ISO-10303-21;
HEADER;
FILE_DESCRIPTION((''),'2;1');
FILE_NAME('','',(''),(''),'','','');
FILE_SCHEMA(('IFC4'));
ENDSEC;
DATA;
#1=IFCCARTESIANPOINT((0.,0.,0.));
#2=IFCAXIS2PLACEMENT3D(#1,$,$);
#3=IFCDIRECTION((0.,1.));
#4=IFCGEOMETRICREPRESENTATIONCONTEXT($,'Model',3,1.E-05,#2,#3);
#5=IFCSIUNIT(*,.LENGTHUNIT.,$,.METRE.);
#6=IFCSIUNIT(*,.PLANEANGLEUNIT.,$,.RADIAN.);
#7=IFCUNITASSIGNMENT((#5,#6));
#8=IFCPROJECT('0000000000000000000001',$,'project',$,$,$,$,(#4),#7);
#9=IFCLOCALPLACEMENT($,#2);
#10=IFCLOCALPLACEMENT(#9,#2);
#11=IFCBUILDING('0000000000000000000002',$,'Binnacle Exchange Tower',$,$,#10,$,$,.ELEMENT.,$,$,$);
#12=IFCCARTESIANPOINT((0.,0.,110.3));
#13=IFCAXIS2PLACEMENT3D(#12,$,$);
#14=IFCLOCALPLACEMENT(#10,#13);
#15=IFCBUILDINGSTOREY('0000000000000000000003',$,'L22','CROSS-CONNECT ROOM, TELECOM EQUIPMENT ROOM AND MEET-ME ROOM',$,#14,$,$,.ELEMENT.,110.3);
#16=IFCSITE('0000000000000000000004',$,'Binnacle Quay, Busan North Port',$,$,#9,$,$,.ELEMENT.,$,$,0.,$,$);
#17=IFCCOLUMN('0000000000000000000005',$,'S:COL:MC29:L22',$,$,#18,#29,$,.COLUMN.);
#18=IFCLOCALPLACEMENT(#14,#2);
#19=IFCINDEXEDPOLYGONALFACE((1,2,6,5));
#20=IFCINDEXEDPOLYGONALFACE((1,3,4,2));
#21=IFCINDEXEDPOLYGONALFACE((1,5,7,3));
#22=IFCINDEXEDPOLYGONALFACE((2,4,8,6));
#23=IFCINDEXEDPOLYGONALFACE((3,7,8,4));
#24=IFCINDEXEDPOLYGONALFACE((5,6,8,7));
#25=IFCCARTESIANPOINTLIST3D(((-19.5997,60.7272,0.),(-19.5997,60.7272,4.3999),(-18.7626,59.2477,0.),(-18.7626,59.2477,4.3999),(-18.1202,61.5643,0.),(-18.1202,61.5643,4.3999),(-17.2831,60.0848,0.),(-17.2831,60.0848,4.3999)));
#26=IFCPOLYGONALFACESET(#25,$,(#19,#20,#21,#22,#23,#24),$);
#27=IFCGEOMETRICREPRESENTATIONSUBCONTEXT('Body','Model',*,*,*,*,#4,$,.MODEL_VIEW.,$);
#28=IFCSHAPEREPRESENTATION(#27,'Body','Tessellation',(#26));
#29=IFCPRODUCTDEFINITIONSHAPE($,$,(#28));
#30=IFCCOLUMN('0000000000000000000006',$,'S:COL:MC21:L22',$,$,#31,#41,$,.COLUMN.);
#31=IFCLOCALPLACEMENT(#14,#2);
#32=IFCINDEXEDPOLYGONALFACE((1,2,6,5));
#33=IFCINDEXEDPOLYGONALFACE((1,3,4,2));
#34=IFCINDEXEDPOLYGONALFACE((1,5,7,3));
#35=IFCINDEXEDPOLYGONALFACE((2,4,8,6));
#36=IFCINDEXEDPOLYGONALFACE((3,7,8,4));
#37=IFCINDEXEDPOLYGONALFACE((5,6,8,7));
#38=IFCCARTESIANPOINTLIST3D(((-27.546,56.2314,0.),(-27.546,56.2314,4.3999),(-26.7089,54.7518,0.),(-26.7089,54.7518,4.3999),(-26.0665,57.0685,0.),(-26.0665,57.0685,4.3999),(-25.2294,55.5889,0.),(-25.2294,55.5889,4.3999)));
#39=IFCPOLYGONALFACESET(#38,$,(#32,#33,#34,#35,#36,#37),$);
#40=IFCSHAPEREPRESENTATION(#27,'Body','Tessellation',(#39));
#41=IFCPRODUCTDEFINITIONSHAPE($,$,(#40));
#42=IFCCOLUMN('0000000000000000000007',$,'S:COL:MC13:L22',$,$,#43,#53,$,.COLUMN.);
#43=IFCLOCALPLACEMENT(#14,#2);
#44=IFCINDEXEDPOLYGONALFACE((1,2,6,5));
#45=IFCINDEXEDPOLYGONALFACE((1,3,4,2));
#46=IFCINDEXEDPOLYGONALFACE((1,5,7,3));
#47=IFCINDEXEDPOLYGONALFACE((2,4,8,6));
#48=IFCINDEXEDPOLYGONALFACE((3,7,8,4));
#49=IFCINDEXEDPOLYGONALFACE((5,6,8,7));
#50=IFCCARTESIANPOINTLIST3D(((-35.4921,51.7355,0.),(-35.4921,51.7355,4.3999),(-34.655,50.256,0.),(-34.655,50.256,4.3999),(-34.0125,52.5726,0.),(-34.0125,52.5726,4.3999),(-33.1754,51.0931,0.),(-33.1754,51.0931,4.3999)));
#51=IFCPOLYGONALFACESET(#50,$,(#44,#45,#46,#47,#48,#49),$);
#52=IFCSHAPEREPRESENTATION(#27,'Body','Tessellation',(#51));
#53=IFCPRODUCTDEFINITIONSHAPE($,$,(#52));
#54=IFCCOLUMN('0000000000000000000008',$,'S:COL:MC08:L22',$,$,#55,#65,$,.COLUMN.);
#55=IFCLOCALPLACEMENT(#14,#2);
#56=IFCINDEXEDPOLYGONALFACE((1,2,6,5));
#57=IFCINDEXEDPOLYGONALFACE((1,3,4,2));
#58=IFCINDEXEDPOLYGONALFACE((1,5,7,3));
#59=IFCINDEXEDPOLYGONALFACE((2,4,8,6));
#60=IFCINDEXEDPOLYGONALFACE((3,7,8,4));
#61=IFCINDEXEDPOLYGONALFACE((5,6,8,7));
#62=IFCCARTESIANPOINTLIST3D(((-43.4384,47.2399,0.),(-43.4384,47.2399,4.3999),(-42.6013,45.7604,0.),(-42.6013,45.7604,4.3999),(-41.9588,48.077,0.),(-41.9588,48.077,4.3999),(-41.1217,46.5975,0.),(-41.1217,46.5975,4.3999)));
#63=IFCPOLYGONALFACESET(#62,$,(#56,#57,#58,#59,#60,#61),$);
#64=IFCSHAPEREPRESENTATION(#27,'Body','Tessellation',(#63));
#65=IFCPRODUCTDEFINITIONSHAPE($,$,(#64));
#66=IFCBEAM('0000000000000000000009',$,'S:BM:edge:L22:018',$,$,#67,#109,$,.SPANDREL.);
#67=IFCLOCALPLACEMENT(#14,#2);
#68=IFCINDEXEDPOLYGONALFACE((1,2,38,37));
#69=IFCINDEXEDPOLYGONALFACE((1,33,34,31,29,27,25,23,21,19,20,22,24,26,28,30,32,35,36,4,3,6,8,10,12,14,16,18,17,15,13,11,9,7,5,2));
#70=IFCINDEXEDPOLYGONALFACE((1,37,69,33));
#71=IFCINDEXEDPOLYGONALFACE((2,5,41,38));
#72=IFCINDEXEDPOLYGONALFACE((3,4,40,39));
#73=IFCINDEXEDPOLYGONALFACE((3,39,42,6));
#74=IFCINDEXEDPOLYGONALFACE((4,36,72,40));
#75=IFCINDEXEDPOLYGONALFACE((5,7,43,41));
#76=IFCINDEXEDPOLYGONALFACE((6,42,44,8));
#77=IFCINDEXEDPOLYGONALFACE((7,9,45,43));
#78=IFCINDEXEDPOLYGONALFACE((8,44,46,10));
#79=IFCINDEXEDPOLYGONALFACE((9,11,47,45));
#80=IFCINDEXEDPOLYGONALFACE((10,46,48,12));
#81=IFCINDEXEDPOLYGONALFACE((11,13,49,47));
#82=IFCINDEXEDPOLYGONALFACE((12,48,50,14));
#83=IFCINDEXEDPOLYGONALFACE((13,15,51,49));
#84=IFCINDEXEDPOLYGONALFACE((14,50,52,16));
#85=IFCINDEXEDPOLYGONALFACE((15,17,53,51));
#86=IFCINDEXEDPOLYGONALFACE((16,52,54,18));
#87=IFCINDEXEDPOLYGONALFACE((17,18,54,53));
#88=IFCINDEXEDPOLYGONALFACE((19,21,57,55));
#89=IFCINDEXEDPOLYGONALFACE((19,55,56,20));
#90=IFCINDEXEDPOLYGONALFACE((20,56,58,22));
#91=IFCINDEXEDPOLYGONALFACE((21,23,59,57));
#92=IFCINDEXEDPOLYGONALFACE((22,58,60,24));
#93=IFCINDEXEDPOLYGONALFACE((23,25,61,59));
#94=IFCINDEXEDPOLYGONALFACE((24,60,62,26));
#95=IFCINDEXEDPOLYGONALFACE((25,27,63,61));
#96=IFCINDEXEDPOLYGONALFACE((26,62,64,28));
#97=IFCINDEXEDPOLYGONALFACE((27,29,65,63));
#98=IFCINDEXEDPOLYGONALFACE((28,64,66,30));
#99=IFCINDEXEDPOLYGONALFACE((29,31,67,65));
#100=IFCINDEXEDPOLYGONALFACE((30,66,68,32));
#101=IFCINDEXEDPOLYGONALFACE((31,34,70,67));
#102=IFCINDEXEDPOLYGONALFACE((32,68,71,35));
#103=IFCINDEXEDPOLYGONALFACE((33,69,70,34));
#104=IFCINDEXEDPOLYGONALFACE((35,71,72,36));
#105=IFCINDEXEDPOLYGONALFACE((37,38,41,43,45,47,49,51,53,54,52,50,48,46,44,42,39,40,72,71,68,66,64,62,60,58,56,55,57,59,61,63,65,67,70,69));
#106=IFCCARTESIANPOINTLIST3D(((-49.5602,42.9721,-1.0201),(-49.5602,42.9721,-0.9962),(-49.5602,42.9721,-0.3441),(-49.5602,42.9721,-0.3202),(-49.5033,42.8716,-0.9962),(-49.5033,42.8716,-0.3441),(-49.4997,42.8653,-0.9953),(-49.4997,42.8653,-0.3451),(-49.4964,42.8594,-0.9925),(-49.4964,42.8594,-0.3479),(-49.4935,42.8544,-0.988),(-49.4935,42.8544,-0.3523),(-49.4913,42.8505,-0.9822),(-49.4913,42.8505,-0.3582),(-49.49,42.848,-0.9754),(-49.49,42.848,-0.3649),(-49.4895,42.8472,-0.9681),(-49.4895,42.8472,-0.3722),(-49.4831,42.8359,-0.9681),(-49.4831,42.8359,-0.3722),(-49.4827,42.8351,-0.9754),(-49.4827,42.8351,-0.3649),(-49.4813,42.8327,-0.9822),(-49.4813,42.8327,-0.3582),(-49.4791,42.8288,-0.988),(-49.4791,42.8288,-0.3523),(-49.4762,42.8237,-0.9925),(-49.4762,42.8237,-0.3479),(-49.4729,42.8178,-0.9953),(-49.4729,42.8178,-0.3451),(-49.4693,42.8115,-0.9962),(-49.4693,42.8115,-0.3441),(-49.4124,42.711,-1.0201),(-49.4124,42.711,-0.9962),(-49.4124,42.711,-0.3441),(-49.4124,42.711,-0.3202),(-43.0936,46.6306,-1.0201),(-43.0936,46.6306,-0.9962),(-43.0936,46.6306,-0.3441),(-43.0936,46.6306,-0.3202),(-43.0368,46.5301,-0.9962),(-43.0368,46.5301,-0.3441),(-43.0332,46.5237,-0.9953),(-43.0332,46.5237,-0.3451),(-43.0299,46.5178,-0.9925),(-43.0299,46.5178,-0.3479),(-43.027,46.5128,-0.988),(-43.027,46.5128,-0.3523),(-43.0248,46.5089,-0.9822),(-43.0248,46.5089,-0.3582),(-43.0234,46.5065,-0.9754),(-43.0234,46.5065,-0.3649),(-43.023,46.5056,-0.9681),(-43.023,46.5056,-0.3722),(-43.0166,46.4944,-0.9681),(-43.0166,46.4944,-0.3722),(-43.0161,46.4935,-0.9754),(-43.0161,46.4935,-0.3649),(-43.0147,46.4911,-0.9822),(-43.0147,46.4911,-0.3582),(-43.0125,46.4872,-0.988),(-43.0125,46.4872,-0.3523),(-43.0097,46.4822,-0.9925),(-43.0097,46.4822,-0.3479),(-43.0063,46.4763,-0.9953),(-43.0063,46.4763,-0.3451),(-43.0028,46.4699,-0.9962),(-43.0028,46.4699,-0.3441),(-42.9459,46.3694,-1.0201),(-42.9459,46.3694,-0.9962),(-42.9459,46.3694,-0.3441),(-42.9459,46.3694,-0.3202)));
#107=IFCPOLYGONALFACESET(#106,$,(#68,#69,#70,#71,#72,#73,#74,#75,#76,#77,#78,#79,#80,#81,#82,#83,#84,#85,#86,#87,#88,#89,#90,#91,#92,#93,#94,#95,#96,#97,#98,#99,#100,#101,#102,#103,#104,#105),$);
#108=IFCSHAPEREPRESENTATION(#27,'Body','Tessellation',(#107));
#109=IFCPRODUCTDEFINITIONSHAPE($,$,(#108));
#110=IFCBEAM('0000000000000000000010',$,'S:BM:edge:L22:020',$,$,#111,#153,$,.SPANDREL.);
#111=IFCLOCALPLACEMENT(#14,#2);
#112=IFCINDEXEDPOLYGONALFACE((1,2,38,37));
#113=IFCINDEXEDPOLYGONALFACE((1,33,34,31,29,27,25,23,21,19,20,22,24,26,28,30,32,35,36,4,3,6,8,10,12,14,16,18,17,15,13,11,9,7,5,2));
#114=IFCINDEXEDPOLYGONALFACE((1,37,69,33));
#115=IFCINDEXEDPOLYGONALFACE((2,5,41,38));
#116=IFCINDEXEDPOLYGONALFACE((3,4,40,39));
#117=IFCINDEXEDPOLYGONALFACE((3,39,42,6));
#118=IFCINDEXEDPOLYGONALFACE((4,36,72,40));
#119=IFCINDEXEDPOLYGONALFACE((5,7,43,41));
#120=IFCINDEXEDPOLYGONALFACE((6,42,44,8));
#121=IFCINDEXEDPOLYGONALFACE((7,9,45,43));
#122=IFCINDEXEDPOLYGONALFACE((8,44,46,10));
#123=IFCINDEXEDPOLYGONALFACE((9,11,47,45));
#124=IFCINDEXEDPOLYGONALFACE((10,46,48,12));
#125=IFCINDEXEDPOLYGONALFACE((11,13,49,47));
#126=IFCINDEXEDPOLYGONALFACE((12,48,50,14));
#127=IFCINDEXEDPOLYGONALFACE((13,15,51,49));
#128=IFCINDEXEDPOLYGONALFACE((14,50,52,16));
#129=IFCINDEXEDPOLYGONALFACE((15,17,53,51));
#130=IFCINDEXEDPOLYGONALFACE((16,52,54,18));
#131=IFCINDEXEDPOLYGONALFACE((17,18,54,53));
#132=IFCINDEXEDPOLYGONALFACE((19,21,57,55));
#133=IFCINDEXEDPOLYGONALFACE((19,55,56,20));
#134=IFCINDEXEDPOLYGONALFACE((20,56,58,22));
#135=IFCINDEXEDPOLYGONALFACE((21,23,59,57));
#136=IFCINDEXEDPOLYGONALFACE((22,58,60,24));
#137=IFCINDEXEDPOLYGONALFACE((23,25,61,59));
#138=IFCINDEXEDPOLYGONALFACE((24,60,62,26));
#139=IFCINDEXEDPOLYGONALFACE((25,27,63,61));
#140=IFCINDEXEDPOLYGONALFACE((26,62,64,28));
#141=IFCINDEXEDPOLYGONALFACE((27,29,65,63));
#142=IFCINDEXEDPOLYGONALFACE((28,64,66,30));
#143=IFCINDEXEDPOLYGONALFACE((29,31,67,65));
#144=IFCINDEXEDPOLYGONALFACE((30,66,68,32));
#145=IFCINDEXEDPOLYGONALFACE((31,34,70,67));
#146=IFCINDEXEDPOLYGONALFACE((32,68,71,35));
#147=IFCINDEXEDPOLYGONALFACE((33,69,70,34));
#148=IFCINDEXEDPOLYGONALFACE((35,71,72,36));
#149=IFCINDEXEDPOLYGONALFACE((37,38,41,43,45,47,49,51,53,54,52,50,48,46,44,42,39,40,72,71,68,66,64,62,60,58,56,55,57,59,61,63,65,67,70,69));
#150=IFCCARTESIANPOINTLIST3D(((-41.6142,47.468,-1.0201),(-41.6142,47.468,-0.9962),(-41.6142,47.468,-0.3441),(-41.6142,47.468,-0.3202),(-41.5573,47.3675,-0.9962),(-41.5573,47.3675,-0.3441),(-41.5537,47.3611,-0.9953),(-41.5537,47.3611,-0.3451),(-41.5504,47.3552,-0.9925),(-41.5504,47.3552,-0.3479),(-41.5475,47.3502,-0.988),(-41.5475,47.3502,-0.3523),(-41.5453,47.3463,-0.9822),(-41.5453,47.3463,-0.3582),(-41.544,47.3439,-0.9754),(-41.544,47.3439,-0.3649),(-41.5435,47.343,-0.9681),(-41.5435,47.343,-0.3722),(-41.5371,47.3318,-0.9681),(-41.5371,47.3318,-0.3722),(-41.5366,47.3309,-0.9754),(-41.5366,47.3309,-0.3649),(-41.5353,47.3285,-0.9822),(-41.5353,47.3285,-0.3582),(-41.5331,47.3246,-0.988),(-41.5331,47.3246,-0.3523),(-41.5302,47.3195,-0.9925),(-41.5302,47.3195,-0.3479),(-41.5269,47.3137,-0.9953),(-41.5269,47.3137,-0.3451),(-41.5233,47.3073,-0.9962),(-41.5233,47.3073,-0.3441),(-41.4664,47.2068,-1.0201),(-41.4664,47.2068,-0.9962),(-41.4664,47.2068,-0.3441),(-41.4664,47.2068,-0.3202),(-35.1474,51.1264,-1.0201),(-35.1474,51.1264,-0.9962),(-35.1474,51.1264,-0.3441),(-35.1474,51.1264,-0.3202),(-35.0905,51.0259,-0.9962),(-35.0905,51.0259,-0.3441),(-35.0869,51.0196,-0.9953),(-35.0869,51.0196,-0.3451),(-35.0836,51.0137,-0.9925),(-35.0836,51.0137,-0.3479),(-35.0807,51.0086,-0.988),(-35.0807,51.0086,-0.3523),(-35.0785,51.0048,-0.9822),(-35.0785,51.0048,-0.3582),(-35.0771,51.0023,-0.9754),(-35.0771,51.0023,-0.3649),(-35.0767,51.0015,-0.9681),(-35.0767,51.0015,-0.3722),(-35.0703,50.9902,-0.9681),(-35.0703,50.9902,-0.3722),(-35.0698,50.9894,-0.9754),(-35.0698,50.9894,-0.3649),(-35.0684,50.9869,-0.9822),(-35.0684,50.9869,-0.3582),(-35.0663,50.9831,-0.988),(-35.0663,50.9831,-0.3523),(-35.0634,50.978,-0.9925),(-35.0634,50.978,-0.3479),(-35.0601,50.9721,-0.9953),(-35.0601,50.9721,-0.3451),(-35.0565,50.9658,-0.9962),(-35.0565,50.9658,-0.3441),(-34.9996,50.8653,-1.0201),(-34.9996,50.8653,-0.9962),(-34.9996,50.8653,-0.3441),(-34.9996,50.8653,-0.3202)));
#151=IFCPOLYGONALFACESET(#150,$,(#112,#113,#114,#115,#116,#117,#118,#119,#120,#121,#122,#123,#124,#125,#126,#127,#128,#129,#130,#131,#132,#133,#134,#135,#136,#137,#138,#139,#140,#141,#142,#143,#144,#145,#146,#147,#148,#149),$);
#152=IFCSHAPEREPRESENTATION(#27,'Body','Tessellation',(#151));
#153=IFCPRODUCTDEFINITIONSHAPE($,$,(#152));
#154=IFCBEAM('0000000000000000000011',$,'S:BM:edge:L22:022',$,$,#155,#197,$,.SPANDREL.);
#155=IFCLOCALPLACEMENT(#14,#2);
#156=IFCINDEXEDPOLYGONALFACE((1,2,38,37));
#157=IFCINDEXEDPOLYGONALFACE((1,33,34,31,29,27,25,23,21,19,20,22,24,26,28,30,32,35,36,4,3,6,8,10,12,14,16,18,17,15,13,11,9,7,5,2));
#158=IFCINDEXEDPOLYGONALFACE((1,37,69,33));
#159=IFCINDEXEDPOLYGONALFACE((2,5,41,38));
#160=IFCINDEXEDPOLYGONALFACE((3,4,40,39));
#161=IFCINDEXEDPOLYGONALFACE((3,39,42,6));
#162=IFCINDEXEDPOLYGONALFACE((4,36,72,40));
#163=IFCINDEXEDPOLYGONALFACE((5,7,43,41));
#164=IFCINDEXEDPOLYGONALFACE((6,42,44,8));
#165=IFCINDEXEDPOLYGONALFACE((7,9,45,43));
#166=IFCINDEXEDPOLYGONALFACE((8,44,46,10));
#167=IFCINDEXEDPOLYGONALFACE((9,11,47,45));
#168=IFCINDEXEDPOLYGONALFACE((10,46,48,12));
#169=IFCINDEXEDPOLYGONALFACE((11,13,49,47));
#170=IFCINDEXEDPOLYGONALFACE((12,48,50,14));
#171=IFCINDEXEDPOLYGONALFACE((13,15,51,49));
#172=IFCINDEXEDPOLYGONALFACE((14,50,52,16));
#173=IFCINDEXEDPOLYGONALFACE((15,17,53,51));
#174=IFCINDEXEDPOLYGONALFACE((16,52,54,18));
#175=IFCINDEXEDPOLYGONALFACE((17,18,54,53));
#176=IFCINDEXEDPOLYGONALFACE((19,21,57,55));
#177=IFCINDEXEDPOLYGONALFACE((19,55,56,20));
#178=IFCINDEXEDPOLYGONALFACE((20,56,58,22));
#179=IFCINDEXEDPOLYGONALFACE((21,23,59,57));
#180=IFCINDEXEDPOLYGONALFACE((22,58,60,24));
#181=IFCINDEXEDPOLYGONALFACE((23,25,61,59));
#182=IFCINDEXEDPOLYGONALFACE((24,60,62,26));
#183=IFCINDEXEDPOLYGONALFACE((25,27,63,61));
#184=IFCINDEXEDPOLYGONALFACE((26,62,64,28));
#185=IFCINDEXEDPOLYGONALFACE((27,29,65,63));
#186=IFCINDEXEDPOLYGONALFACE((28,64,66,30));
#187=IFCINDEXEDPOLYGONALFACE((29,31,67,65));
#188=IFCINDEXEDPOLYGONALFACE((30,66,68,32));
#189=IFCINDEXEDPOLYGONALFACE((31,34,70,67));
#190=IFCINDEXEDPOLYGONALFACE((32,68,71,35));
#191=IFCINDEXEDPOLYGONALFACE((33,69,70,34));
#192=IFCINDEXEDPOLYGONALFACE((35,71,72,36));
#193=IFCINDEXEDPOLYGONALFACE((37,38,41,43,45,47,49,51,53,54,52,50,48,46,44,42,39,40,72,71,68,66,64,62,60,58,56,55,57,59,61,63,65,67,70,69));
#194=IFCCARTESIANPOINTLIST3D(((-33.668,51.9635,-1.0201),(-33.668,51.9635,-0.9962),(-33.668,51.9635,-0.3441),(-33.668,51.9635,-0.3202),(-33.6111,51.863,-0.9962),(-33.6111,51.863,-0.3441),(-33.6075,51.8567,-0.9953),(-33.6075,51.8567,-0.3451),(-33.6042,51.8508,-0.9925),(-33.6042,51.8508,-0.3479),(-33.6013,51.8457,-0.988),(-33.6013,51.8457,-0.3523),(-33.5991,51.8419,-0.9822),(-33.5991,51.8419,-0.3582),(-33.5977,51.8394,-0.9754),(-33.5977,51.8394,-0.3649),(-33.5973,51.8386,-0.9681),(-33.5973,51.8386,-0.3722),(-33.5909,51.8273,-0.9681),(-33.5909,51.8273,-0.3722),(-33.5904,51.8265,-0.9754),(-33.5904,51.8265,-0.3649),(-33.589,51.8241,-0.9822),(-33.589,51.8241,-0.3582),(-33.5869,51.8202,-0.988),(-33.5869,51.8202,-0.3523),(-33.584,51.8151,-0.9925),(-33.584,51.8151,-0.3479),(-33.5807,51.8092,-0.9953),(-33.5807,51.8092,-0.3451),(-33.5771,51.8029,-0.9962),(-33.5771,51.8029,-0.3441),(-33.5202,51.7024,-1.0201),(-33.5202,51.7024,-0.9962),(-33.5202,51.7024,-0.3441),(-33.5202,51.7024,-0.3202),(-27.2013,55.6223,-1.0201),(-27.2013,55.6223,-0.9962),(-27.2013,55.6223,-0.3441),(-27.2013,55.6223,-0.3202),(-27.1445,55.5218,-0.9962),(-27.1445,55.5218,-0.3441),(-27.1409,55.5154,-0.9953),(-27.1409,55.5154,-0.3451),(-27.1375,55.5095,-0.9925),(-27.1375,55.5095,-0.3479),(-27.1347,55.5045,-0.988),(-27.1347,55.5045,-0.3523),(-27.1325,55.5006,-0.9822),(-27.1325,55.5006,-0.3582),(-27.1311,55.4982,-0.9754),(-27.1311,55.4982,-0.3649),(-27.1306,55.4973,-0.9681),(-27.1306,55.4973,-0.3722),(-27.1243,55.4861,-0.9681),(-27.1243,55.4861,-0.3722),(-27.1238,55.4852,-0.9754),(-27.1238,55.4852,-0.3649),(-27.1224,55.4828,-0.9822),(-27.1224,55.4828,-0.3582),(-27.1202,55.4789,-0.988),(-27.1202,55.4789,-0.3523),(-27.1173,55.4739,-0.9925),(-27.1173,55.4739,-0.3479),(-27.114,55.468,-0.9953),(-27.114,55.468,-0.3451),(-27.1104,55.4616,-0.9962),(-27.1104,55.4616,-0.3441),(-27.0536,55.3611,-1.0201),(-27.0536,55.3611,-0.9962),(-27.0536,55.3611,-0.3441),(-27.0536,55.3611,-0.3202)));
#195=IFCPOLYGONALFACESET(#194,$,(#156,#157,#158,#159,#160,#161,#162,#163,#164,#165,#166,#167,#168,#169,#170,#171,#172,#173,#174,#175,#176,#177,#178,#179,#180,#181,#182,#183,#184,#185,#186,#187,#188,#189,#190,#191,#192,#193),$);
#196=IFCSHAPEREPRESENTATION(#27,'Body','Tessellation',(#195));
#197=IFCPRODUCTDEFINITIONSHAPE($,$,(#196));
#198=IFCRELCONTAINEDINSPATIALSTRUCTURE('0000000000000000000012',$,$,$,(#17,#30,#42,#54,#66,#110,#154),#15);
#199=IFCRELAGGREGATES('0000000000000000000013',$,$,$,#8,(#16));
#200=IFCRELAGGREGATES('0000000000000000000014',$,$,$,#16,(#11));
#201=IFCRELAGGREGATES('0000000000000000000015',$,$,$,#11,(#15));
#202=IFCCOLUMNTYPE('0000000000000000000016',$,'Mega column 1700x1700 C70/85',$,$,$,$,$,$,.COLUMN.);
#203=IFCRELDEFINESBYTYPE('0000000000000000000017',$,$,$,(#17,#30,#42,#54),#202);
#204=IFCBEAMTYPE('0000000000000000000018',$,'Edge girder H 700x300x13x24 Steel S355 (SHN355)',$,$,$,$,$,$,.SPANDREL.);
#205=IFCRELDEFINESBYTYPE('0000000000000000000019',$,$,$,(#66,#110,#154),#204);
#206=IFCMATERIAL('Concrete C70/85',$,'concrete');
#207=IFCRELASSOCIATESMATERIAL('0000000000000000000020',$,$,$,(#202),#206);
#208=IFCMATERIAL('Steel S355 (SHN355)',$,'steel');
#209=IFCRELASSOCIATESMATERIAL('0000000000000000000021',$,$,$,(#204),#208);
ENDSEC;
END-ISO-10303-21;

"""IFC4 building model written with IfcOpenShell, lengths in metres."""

from ifc_helpers import new_model, si_unit, direction, frame, origin, origin_2d, place, context, subcontext, project, spatial, rectangle, i_section, extrude, material, material_profile, profile_set, type_object, element, save


model = new_model("IFC4")

# Units and contexts
model_context = context("Model", 3, precision=1e-05, world=origin(), true_north=direction((0.0, 1.0)))
body_context = subcontext(model_context, "Body", "Model", "MODEL_VIEW")
ifc_project = project(units=[si_unit("LENGTHUNIT", "METRE"), si_unit("PLANEANGLEUNIT", "RADIAN")], contexts=[model_context])

# Site, building, storey
site_placement = place(None, origin())
site = spatial("IfcSite", under=ifc_project, at=site_placement, Name="Binnacle Quay, Busan North Port", CompositionType="ELEMENT", RefElevation=0.0)
building_placement = place(site_placement, origin())
building = spatial("IfcBuilding", under=site, at=building_placement, Name="Binnacle Exchange Tower", CompositionType="ELEMENT")
storey_placement = place(building_placement, frame((0.0, 0.0, 110.3)))
storey = spatial("IfcBuildingStorey", under=building, at=storey_placement, Name="L22", Description="CROSS-CONNECT ROOM, TELECOM EQUIPMENT ROOM AND MEET-ME ROOM", CompositionType="ELEMENT", Elevation=110.3)

# Columns
ifc_material_1 = material(Name="Concrete C70/85", Category="concrete")
ifc_material_profile_1 = material_profile(ifc_material_1, rectangle(XDim=1.7, YDim=1.7, at=origin_2d()), Name="Mega column 1700x1700 C70/85")
ifc_profile_set_1 = profile_set([ifc_material_profile_1], Name="Concrete C70/85")
column_type = type_object("IfcColumnType", Name="Mega column 1700x1700 C70/85", PredefinedType="COLUMN", material=ifc_profile_set_1)
for number, where, z_axis, x_axis, name in (
    (1, (-18.4414, 60.406, 0.0), (0.0, 0.0, 1.0), (-0.870356, -0.492424, 0.0), "S:COL:MC29:L22"),
    (2, (-26.3877, 55.9102, 0.0), (0.0, 0.0, 1.0), (-0.870356, -0.492424, 0.0), "S:COL:MC21:L22"),
    (3, (-34.3337, 51.4143, 0.0), (0.0, 0.0, 1.0), (-0.870356, -0.492424, 0.0), "S:COL:MC13:L22"),
    (4, (-42.28, 46.9187, 0.0), (0.0, 0.0, 1.0), (-0.870356, -0.492424, 0.0), "S:COL:MC08:L22"),
):
    element("IfcColumn", number, at=place(storey_placement, frame(where, z_axis=z_axis, x_axis=x_axis)), inside=storey, type_object=column_type, Name=name, PredefinedType="COLUMN", context=body_context, shape_type="SweptSolid", body=[
        extrude(rectangle(XDim=1.7, YDim=1.7, at=origin_2d()), origin(), (0.0, 0.0, 1.0), 4.3999),
    ])

# Beams
ifc_material_2 = material(Name="Steel S355 (SHN355)", Category="steel")
ifc_material_profile_2 = material_profile(ifc_material_2, i_section(OverallWidth=0.3, OverallDepth=0.7, WebThickness=0.0129, FlangeThickness=0.0239, FilletRadius=0.0281, at=origin_2d()), Name="H 700x300x13x24")
ifc_profile_set_2 = profile_set([ifc_material_profile_2], Name="Steel S355 (SHN355)")
beam_type_1 = type_object("IfcBeamType", Name="Edge girder H 700x300x13x24 Steel S355 (SHN355)", PredefinedType="SPANDREL", material=ifc_profile_set_2)
beam_1_placement = place(storey_placement, frame((-43.0198, 46.5, -0.6702), z_axis=(-0.870364, -0.492408, 0.0), x_axis=(0.492408, -0.870364, 0.0)))
element("IfcBeam", 5, at=beam_1_placement, inside=storey, type_object=beam_type_1, Name="S:BM:edge:L22:018", PredefinedType="SPANDREL", context=body_context, shape_type="SweptSolid", body=[
    extrude(i_section(OverallWidth=0.3, OverallDepth=0.7, WebThickness=0.0129, FlangeThickness=0.0239, FilletRadius=0.0281, at=origin_2d()), origin(), (0.0, 0.0, 1.0), 7.4297),
])
for number, where, z_axis, x_axis, name in (
    (6, (-35.0735, 50.9958, -0.6702), (-0.870372, -0.492394, 0.0), (0.492394, -0.870372, 0.0), "S:BM:edge:L22:020"),
    (7, (-27.1274, 55.4917, -0.6702), (-0.87035, -0.492433, 0.0), (0.492433, -0.87035, 0.0), "S:BM:edge:L22:022"),
):
    element("IfcBeam", number, at=place(storey_placement, frame(where, z_axis=z_axis, x_axis=x_axis)), inside=storey, type_object=beam_type_1, Name=name, PredefinedType="SPANDREL", context=body_context, shape_type="SweptSolid", body=[
        extrude(i_section(OverallWidth=0.3, OverallDepth=0.7, WebThickness=0.0129, FlangeThickness=0.0239, FilletRadius=0.0281, at=origin_2d()), origin(), (0.0, 0.0, 1.0), 7.4299),
    ])

save(model, "model.ifc")
